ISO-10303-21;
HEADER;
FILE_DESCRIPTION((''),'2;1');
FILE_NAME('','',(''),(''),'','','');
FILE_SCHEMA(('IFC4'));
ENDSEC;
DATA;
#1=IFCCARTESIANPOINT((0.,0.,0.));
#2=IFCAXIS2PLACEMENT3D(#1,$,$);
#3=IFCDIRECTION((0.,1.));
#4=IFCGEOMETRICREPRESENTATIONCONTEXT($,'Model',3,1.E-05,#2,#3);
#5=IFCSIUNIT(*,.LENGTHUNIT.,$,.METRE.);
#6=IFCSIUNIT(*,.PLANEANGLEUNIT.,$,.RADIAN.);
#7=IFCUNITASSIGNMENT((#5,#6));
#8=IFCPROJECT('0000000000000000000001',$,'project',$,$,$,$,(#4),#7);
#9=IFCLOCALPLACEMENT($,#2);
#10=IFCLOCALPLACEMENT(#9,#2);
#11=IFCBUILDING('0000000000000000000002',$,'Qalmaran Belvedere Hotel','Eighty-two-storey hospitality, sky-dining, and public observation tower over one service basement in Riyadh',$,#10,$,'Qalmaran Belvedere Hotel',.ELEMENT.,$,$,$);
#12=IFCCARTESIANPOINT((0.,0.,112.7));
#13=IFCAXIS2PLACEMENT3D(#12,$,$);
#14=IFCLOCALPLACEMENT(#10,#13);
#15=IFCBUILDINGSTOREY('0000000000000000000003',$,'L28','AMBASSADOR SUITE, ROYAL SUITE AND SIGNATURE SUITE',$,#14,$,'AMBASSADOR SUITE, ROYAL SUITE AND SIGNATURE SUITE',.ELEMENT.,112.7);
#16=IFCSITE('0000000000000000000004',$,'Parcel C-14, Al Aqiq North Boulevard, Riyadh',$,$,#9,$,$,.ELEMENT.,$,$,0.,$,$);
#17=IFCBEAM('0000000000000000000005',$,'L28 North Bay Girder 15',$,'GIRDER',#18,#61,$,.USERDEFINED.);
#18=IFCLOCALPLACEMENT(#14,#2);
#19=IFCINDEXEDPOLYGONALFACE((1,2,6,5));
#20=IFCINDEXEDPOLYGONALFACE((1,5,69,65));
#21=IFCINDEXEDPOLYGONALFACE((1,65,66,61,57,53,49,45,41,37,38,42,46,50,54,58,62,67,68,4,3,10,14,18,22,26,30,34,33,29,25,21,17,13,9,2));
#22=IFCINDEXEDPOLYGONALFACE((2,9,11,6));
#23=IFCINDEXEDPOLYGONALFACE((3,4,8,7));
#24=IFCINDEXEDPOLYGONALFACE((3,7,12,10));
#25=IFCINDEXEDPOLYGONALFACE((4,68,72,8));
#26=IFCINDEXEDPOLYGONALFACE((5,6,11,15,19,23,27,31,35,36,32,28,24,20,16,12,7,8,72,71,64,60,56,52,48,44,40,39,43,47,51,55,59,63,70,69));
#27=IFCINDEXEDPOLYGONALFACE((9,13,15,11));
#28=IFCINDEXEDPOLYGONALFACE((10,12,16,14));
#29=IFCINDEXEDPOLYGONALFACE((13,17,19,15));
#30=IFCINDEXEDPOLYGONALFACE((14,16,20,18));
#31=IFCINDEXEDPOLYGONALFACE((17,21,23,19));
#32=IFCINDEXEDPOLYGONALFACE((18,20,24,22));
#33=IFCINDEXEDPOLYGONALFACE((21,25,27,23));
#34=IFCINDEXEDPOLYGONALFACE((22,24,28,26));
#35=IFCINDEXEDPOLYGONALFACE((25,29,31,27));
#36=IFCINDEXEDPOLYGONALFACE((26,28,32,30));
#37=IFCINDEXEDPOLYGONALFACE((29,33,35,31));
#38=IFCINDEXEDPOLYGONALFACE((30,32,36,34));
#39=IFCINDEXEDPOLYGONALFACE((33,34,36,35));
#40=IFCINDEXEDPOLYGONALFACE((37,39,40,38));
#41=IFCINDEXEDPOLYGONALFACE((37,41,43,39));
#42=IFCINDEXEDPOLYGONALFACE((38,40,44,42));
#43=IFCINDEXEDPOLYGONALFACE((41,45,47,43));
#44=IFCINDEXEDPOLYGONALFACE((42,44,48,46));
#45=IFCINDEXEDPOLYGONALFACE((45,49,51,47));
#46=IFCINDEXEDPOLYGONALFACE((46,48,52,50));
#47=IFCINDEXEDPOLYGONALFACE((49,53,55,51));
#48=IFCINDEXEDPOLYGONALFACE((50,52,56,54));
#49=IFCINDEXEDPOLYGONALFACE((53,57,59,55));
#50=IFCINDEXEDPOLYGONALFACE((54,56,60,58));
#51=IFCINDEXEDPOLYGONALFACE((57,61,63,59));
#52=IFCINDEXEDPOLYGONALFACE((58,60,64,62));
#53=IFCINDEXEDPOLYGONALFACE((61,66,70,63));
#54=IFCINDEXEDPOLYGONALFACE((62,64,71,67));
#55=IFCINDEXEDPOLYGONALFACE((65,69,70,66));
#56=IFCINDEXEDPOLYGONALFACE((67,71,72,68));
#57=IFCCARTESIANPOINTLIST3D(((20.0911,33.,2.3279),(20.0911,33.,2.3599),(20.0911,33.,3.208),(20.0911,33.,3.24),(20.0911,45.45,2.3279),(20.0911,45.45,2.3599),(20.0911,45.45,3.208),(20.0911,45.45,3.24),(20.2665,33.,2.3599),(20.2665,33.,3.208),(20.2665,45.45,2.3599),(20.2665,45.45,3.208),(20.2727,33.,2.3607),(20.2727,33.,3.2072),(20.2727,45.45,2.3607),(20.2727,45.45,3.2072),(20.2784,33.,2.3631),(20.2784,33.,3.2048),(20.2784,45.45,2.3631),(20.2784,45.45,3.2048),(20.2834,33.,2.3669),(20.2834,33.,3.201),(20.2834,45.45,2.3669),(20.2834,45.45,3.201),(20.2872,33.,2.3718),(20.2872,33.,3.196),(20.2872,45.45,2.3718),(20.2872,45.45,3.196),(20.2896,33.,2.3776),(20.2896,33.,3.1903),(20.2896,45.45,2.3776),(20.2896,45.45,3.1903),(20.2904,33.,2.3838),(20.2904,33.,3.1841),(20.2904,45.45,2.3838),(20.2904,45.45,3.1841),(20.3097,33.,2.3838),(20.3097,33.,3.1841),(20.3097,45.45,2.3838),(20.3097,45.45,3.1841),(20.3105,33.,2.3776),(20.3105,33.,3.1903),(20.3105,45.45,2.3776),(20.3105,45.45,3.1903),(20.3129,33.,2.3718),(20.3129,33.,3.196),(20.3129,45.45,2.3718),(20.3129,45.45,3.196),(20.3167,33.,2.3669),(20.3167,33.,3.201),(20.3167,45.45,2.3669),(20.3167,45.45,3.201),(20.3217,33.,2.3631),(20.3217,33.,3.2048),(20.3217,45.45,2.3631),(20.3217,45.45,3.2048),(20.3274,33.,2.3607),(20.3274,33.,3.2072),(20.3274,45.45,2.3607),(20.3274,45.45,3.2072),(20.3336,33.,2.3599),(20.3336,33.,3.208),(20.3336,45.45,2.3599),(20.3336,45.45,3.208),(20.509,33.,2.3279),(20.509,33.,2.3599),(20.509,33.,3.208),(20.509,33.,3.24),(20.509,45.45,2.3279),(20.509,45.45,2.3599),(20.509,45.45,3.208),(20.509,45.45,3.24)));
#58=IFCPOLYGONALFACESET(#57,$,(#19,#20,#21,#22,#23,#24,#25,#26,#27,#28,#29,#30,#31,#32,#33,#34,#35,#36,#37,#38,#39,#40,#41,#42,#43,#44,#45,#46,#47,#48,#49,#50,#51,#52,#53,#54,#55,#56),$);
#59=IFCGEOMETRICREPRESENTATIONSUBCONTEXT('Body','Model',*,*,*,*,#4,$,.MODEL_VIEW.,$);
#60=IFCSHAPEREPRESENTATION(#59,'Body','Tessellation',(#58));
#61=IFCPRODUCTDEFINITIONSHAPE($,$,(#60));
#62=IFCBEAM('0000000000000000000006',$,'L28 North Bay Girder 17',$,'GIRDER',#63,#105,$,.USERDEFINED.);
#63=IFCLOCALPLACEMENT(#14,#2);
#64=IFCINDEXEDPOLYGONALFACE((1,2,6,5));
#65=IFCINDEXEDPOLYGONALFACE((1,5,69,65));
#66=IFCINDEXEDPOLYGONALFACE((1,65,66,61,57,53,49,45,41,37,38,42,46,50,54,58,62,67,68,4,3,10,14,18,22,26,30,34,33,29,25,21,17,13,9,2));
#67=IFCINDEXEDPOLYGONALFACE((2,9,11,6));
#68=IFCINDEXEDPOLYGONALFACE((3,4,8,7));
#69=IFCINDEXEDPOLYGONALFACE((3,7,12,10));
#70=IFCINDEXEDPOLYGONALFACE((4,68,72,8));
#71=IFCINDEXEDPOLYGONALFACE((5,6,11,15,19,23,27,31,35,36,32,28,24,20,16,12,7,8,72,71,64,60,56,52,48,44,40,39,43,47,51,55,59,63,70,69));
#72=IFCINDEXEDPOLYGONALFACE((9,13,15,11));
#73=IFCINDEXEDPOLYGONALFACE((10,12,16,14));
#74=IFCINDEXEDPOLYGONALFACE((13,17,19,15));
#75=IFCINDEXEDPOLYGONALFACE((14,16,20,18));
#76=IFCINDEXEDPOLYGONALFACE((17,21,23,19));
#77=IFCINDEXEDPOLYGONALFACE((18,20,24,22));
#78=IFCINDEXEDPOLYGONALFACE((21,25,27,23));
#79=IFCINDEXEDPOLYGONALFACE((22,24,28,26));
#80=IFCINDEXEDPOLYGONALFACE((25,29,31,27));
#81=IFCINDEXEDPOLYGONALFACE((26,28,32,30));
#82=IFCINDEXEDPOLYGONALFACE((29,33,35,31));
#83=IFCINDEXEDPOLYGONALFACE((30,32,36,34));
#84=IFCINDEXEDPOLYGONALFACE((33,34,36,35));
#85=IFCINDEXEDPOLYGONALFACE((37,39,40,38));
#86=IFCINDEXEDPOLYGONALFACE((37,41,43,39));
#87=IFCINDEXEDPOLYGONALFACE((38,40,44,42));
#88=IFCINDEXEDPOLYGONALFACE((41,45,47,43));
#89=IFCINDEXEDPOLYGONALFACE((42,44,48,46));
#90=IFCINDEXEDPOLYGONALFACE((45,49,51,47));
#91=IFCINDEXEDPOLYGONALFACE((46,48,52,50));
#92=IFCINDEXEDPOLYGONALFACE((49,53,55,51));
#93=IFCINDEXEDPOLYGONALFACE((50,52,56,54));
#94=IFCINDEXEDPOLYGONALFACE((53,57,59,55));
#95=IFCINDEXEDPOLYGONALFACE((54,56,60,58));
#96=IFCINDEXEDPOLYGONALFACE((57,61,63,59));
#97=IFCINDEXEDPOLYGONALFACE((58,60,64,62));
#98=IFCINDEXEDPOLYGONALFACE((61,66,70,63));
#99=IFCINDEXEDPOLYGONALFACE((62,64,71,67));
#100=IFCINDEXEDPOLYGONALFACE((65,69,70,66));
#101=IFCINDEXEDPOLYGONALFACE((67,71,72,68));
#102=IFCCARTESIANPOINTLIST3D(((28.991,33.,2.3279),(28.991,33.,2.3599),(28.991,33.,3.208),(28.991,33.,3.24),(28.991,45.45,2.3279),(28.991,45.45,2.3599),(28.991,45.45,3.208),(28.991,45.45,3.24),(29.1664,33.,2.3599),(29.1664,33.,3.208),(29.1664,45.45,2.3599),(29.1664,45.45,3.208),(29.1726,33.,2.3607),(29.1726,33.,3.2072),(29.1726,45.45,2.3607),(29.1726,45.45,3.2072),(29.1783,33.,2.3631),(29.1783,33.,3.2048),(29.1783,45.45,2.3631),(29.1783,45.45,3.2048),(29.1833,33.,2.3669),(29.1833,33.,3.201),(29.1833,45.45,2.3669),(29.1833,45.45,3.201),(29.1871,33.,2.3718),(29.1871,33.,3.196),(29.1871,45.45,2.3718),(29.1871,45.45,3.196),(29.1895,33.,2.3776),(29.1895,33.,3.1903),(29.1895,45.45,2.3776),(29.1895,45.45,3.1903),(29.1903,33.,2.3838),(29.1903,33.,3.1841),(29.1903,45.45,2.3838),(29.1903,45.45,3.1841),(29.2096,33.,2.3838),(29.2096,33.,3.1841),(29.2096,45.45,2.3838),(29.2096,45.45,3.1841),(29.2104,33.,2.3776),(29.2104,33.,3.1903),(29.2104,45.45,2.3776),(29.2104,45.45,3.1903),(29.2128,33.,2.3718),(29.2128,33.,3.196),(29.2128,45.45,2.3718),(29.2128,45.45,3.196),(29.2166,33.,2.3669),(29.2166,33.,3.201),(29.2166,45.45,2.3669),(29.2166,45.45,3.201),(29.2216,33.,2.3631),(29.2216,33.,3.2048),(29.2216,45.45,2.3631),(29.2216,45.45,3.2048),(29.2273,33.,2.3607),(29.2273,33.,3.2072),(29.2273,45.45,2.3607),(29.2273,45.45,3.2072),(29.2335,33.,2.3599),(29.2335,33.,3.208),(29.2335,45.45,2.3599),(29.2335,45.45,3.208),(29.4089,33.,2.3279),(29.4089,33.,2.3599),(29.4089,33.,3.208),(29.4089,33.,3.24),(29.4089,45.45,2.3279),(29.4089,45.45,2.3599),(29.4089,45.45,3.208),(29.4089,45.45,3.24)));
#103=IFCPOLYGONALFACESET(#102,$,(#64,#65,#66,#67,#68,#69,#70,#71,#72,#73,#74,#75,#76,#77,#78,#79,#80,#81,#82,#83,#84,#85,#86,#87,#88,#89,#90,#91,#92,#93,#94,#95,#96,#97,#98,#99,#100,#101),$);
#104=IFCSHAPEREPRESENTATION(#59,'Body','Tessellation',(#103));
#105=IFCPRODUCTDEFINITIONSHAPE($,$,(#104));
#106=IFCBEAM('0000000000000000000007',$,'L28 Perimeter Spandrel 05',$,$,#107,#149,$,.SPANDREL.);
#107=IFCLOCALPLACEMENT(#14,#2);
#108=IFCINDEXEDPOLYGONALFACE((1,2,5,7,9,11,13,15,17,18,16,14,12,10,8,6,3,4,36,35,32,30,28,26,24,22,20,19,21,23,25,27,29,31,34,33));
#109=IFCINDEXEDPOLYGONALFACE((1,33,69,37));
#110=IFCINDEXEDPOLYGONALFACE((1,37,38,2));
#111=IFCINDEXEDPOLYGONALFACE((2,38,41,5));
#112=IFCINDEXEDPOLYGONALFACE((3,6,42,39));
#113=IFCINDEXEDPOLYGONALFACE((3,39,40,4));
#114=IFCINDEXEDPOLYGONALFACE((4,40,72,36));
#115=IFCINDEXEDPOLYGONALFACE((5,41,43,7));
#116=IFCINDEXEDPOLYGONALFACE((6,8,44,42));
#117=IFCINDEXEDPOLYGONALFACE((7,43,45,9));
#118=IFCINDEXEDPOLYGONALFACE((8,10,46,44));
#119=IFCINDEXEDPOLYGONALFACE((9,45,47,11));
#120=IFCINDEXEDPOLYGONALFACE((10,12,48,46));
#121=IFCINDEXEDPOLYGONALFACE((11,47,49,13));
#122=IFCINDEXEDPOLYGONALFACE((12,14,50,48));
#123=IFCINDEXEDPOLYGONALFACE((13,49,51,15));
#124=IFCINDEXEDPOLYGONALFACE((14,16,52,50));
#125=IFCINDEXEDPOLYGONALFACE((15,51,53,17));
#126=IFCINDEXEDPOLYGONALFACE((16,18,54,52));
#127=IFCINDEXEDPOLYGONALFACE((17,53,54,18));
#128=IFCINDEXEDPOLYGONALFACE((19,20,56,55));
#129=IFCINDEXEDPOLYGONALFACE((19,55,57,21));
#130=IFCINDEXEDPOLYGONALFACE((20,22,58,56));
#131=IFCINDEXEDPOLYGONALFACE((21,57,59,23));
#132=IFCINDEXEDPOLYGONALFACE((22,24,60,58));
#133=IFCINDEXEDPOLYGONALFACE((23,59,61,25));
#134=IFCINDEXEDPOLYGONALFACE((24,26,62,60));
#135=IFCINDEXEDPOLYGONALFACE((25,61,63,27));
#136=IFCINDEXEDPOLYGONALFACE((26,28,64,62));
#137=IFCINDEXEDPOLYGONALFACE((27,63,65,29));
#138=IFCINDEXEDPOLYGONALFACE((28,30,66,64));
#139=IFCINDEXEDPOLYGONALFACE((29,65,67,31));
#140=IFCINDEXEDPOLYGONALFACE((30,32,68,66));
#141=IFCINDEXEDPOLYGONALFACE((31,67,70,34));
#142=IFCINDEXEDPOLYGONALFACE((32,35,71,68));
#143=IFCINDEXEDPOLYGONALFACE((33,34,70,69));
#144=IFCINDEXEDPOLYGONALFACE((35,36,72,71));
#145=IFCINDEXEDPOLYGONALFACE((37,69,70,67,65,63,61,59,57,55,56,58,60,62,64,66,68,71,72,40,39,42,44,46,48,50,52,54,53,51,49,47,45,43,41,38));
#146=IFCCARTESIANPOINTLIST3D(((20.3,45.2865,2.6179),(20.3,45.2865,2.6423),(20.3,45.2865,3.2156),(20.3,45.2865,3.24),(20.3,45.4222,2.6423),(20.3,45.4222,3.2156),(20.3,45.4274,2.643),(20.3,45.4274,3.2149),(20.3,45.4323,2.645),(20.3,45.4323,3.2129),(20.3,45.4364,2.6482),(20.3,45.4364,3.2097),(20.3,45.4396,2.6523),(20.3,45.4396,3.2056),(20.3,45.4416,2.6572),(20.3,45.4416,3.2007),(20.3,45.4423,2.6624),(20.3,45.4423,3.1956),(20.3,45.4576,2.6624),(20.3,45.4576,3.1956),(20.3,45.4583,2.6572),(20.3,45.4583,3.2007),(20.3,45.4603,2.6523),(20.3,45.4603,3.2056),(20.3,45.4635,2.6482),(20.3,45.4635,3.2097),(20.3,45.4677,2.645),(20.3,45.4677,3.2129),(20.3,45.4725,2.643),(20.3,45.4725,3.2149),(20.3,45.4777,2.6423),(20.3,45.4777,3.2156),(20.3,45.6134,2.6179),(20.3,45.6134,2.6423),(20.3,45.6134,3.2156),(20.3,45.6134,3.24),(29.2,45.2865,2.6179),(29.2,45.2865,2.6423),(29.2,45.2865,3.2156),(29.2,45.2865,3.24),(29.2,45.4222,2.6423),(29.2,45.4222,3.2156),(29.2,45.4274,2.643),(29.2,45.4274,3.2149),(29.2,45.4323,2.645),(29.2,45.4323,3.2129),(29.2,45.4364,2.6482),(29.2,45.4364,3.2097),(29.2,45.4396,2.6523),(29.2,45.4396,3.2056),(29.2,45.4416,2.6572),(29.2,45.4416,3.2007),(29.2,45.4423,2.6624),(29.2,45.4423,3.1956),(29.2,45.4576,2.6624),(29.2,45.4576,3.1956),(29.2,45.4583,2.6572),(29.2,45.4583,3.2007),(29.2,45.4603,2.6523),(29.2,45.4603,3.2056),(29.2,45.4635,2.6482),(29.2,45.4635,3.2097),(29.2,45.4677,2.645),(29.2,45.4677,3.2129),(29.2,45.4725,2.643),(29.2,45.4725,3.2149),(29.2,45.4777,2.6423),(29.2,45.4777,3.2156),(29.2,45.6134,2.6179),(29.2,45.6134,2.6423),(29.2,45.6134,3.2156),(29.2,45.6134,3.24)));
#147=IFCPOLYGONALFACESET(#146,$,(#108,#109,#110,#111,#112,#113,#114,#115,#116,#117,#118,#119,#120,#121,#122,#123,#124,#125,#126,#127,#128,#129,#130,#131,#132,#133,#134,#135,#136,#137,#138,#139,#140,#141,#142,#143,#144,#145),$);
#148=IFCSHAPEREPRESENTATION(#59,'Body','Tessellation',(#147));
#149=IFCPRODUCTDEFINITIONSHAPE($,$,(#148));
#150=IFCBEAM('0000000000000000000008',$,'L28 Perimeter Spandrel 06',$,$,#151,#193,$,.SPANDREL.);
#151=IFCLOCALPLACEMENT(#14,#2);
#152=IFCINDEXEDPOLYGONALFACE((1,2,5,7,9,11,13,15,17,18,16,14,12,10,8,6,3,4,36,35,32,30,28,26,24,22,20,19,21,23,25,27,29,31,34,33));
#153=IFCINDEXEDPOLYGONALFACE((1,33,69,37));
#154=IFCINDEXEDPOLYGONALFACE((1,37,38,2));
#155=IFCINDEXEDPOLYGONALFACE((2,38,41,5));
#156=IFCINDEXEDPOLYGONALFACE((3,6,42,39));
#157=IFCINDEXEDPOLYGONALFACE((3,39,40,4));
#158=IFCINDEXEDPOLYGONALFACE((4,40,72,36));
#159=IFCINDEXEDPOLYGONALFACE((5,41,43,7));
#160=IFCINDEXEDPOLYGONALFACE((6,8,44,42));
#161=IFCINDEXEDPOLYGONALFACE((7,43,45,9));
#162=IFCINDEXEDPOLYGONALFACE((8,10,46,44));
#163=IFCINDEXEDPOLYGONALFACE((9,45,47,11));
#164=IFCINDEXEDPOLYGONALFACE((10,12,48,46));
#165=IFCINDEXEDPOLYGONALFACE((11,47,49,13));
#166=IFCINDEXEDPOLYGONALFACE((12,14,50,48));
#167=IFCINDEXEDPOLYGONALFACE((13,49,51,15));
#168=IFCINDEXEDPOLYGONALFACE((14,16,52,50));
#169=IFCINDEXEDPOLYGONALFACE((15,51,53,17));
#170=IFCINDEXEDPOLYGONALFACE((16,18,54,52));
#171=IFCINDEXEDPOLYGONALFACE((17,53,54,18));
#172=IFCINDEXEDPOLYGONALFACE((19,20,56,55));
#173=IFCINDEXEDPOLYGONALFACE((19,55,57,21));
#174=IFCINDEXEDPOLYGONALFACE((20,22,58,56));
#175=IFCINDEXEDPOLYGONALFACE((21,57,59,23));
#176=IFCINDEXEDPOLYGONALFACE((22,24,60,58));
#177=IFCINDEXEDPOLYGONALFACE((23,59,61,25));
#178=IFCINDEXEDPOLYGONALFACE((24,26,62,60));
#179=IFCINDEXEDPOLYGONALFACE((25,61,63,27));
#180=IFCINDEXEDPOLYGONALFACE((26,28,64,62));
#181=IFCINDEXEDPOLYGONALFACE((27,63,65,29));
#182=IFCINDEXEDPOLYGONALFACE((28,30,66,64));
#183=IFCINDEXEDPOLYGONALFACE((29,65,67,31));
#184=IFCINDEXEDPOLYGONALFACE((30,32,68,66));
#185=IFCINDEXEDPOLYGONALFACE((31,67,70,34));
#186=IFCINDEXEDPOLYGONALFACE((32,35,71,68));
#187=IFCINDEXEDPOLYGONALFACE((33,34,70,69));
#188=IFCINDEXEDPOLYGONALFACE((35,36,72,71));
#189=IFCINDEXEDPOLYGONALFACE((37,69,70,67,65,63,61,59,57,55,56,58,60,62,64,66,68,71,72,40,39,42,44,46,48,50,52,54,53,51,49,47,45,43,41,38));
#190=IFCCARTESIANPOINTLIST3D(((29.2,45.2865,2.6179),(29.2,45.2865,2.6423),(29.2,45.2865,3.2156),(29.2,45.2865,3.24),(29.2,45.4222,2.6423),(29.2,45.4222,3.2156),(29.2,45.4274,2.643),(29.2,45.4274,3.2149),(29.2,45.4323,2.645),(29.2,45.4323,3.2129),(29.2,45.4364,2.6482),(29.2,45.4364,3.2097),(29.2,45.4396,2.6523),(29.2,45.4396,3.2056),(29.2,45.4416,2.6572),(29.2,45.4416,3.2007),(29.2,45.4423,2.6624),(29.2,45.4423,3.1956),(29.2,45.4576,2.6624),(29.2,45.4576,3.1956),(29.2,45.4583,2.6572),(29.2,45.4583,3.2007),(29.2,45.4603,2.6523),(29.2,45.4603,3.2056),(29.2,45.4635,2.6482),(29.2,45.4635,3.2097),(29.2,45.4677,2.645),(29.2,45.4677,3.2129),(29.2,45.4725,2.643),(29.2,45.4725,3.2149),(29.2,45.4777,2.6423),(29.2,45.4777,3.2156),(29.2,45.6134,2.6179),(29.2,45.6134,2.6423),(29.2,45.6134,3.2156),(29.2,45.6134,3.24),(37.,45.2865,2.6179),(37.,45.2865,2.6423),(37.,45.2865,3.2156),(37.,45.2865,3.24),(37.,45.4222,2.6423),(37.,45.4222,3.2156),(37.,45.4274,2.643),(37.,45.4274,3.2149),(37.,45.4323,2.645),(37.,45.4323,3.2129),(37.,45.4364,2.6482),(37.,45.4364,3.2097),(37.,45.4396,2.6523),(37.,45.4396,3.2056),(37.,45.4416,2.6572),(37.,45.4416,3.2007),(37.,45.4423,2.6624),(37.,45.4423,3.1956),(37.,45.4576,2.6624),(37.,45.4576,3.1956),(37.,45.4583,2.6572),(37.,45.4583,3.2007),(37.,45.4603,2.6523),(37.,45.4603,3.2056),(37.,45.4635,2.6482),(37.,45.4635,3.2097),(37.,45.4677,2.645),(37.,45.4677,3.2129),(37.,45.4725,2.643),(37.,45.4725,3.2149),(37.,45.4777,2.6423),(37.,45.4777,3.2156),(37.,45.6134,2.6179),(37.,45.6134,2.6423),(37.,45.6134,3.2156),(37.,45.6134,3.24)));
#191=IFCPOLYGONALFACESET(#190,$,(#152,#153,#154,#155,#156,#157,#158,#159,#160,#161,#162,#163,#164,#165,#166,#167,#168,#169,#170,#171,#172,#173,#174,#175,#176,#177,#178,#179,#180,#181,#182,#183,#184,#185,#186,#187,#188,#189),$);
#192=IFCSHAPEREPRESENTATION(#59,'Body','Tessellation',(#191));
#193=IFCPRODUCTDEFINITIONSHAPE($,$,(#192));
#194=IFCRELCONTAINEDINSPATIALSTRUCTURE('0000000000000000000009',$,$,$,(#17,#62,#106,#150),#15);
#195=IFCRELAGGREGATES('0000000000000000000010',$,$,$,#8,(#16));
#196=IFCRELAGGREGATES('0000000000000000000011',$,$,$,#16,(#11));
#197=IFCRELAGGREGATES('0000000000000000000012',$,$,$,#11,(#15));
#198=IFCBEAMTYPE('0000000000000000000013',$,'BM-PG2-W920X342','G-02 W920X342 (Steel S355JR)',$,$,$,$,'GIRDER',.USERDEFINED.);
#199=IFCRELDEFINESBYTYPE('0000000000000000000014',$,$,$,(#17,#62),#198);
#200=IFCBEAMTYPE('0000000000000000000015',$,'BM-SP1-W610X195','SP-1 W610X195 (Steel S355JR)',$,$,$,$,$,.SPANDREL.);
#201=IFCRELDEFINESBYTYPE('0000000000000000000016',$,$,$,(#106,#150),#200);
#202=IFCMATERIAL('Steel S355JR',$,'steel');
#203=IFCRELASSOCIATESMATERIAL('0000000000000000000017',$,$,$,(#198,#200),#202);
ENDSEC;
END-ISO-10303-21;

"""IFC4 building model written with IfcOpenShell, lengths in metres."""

from ifc_helpers import new_model, si_unit, direction, frame, origin, origin_2d, place, context, subcontext, project, spatial, i_section, extrude, material, material_profile, profile_set, type_object, element, save


model = new_model("IFC4")

# Units and contexts
model_context = context("Model", 3, precision=1e-05, world=origin(), true_north=direction((0.0, 1.0)))
body_context = subcontext(model_context, "Body", "Model", "MODEL_VIEW")
ifc_project = project(units=[si_unit("LENGTHUNIT", "METRE"), si_unit("PLANEANGLEUNIT", "RADIAN")], contexts=[model_context])

# Site, building, storey
site_placement = place(None, origin())
site = spatial("IfcSite", under=ifc_project, at=site_placement, Name="Parcel C-14, Al Aqiq North Boulevard, Riyadh", CompositionType="ELEMENT", RefElevation=0.0)
building_placement = place(site_placement, origin())
building = spatial("IfcBuilding", under=site, at=building_placement, Name="Qalmaran Belvedere Hotel", Description="Eighty-two-storey hospitality, sky-dining, and public observation tower over one service basement in Riyadh", LongName="Qalmaran Belvedere Hotel", CompositionType="ELEMENT")
storey_placement = place(building_placement, frame((0.0, 0.0, 112.7)))
storey = spatial("IfcBuildingStorey", under=building, at=storey_placement, Name="L28", Description="AMBASSADOR SUITE, ROYAL SUITE AND SIGNATURE SUITE", LongName="AMBASSADOR SUITE, ROYAL SUITE AND SIGNATURE SUITE", CompositionType="ELEMENT", Elevation=112.7)

# Beams
ifc_material_1 = material(Name="Steel S355JR", Category="steel")
ifc_material_profile_1 = material_profile(ifc_material_1, i_section(OverallWidth=0.418, OverallDepth=0.9121, WebThickness=0.0193, FlangeThickness=0.032, FilletRadius=0.0239, at=origin_2d()), Name="W920X342")
ifc_profile_set_1 = profile_set([ifc_material_profile_1], Name="Steel S355JR")
beam_type_1 = type_object("IfcBeamType", Name="BM-PG2-W920X342", Description="G-02 W920X342 (Steel S355JR)", ElementType="GIRDER", PredefinedType="USERDEFINED", material=ifc_profile_set_1)
for number, where, z_axis, x_axis, name in (
    (1, (20.3, 33.0, 2.7839), (0.0, 1.0, 0.0), (-1.0, 0.0, 0.0), "L28 North Bay Girder 15"),
    (2, (29.2, 33.0, 2.7839), (0.0, 1.0, 0.0), (-1.0, 0.0, 0.0), "L28 North Bay Girder 17"),
):
    element("IfcBeam", number, at=place(storey_placement, frame(where, z_axis=z_axis, x_axis=x_axis)), inside=storey, type_object=beam_type_1, Name=name, ObjectType="GIRDER", PredefinedType="USERDEFINED", context=body_context, shape_type="SweptSolid", body=[
        extrude(i_section(OverallWidth=0.418, OverallDepth=0.9121, WebThickness=0.0193, FlangeThickness=0.032, FilletRadius=0.0239, at=origin_2d()), origin(), (0.0, 0.0, 1.0), 12.45),
    ])
ifc_material_profile_2 = material_profile(ifc_material_1, i_section(OverallWidth=0.3269, OverallDepth=0.6221, WebThickness=0.0154, FlangeThickness=0.0244, FilletRadius=0.02, at=origin_2d()), Name="W610X195")
ifc_profile_set_2 = profile_set([ifc_material_profile_2], Name="Steel S355JR")
beam_type_2 = type_object("IfcBeamType", Name="BM-SP1-W610X195", Description="SP-1 W610X195 (Steel S355JR)", PredefinedType="SPANDREL", material=ifc_profile_set_2)
beam_1_placement = place(storey_placement, frame((20.3, 45.45, 2.929), z_axis=(1.0, 0.0, 0.0), x_axis=(0.0, 1.0, 0.0)))
element("IfcBeam", 3, at=beam_1_placement, inside=storey, type_object=beam_type_2, Name="L28 Perimeter Spandrel 05", PredefinedType="SPANDREL", context=body_context, shape_type="SweptSolid", body=[
    extrude(i_section(OverallWidth=0.3269, OverallDepth=0.6221, WebThickness=0.0154, FlangeThickness=0.0244, FilletRadius=0.02, at=origin_2d()), origin(), (0.0, 0.0, 1.0), 8.8999),
])
beam_2_placement = place(storey_placement, frame((29.2, 45.45, 2.929), z_axis=(1.0, 0.0, 0.0), x_axis=(0.0, 1.0, 0.0)))
element("IfcBeam", 4, at=beam_2_placement, inside=storey, type_object=beam_type_2, Name="L28 Perimeter Spandrel 06", PredefinedType="SPANDREL", context=body_context, shape_type="SweptSolid", body=[
    extrude(i_section(OverallWidth=0.3269, OverallDepth=0.6221, WebThickness=0.0154, FlangeThickness=0.0244, FilletRadius=0.02, at=origin_2d()), origin(), (0.0, 0.0, 1.0), 7.8),
])

save(model, "model.ifc")
